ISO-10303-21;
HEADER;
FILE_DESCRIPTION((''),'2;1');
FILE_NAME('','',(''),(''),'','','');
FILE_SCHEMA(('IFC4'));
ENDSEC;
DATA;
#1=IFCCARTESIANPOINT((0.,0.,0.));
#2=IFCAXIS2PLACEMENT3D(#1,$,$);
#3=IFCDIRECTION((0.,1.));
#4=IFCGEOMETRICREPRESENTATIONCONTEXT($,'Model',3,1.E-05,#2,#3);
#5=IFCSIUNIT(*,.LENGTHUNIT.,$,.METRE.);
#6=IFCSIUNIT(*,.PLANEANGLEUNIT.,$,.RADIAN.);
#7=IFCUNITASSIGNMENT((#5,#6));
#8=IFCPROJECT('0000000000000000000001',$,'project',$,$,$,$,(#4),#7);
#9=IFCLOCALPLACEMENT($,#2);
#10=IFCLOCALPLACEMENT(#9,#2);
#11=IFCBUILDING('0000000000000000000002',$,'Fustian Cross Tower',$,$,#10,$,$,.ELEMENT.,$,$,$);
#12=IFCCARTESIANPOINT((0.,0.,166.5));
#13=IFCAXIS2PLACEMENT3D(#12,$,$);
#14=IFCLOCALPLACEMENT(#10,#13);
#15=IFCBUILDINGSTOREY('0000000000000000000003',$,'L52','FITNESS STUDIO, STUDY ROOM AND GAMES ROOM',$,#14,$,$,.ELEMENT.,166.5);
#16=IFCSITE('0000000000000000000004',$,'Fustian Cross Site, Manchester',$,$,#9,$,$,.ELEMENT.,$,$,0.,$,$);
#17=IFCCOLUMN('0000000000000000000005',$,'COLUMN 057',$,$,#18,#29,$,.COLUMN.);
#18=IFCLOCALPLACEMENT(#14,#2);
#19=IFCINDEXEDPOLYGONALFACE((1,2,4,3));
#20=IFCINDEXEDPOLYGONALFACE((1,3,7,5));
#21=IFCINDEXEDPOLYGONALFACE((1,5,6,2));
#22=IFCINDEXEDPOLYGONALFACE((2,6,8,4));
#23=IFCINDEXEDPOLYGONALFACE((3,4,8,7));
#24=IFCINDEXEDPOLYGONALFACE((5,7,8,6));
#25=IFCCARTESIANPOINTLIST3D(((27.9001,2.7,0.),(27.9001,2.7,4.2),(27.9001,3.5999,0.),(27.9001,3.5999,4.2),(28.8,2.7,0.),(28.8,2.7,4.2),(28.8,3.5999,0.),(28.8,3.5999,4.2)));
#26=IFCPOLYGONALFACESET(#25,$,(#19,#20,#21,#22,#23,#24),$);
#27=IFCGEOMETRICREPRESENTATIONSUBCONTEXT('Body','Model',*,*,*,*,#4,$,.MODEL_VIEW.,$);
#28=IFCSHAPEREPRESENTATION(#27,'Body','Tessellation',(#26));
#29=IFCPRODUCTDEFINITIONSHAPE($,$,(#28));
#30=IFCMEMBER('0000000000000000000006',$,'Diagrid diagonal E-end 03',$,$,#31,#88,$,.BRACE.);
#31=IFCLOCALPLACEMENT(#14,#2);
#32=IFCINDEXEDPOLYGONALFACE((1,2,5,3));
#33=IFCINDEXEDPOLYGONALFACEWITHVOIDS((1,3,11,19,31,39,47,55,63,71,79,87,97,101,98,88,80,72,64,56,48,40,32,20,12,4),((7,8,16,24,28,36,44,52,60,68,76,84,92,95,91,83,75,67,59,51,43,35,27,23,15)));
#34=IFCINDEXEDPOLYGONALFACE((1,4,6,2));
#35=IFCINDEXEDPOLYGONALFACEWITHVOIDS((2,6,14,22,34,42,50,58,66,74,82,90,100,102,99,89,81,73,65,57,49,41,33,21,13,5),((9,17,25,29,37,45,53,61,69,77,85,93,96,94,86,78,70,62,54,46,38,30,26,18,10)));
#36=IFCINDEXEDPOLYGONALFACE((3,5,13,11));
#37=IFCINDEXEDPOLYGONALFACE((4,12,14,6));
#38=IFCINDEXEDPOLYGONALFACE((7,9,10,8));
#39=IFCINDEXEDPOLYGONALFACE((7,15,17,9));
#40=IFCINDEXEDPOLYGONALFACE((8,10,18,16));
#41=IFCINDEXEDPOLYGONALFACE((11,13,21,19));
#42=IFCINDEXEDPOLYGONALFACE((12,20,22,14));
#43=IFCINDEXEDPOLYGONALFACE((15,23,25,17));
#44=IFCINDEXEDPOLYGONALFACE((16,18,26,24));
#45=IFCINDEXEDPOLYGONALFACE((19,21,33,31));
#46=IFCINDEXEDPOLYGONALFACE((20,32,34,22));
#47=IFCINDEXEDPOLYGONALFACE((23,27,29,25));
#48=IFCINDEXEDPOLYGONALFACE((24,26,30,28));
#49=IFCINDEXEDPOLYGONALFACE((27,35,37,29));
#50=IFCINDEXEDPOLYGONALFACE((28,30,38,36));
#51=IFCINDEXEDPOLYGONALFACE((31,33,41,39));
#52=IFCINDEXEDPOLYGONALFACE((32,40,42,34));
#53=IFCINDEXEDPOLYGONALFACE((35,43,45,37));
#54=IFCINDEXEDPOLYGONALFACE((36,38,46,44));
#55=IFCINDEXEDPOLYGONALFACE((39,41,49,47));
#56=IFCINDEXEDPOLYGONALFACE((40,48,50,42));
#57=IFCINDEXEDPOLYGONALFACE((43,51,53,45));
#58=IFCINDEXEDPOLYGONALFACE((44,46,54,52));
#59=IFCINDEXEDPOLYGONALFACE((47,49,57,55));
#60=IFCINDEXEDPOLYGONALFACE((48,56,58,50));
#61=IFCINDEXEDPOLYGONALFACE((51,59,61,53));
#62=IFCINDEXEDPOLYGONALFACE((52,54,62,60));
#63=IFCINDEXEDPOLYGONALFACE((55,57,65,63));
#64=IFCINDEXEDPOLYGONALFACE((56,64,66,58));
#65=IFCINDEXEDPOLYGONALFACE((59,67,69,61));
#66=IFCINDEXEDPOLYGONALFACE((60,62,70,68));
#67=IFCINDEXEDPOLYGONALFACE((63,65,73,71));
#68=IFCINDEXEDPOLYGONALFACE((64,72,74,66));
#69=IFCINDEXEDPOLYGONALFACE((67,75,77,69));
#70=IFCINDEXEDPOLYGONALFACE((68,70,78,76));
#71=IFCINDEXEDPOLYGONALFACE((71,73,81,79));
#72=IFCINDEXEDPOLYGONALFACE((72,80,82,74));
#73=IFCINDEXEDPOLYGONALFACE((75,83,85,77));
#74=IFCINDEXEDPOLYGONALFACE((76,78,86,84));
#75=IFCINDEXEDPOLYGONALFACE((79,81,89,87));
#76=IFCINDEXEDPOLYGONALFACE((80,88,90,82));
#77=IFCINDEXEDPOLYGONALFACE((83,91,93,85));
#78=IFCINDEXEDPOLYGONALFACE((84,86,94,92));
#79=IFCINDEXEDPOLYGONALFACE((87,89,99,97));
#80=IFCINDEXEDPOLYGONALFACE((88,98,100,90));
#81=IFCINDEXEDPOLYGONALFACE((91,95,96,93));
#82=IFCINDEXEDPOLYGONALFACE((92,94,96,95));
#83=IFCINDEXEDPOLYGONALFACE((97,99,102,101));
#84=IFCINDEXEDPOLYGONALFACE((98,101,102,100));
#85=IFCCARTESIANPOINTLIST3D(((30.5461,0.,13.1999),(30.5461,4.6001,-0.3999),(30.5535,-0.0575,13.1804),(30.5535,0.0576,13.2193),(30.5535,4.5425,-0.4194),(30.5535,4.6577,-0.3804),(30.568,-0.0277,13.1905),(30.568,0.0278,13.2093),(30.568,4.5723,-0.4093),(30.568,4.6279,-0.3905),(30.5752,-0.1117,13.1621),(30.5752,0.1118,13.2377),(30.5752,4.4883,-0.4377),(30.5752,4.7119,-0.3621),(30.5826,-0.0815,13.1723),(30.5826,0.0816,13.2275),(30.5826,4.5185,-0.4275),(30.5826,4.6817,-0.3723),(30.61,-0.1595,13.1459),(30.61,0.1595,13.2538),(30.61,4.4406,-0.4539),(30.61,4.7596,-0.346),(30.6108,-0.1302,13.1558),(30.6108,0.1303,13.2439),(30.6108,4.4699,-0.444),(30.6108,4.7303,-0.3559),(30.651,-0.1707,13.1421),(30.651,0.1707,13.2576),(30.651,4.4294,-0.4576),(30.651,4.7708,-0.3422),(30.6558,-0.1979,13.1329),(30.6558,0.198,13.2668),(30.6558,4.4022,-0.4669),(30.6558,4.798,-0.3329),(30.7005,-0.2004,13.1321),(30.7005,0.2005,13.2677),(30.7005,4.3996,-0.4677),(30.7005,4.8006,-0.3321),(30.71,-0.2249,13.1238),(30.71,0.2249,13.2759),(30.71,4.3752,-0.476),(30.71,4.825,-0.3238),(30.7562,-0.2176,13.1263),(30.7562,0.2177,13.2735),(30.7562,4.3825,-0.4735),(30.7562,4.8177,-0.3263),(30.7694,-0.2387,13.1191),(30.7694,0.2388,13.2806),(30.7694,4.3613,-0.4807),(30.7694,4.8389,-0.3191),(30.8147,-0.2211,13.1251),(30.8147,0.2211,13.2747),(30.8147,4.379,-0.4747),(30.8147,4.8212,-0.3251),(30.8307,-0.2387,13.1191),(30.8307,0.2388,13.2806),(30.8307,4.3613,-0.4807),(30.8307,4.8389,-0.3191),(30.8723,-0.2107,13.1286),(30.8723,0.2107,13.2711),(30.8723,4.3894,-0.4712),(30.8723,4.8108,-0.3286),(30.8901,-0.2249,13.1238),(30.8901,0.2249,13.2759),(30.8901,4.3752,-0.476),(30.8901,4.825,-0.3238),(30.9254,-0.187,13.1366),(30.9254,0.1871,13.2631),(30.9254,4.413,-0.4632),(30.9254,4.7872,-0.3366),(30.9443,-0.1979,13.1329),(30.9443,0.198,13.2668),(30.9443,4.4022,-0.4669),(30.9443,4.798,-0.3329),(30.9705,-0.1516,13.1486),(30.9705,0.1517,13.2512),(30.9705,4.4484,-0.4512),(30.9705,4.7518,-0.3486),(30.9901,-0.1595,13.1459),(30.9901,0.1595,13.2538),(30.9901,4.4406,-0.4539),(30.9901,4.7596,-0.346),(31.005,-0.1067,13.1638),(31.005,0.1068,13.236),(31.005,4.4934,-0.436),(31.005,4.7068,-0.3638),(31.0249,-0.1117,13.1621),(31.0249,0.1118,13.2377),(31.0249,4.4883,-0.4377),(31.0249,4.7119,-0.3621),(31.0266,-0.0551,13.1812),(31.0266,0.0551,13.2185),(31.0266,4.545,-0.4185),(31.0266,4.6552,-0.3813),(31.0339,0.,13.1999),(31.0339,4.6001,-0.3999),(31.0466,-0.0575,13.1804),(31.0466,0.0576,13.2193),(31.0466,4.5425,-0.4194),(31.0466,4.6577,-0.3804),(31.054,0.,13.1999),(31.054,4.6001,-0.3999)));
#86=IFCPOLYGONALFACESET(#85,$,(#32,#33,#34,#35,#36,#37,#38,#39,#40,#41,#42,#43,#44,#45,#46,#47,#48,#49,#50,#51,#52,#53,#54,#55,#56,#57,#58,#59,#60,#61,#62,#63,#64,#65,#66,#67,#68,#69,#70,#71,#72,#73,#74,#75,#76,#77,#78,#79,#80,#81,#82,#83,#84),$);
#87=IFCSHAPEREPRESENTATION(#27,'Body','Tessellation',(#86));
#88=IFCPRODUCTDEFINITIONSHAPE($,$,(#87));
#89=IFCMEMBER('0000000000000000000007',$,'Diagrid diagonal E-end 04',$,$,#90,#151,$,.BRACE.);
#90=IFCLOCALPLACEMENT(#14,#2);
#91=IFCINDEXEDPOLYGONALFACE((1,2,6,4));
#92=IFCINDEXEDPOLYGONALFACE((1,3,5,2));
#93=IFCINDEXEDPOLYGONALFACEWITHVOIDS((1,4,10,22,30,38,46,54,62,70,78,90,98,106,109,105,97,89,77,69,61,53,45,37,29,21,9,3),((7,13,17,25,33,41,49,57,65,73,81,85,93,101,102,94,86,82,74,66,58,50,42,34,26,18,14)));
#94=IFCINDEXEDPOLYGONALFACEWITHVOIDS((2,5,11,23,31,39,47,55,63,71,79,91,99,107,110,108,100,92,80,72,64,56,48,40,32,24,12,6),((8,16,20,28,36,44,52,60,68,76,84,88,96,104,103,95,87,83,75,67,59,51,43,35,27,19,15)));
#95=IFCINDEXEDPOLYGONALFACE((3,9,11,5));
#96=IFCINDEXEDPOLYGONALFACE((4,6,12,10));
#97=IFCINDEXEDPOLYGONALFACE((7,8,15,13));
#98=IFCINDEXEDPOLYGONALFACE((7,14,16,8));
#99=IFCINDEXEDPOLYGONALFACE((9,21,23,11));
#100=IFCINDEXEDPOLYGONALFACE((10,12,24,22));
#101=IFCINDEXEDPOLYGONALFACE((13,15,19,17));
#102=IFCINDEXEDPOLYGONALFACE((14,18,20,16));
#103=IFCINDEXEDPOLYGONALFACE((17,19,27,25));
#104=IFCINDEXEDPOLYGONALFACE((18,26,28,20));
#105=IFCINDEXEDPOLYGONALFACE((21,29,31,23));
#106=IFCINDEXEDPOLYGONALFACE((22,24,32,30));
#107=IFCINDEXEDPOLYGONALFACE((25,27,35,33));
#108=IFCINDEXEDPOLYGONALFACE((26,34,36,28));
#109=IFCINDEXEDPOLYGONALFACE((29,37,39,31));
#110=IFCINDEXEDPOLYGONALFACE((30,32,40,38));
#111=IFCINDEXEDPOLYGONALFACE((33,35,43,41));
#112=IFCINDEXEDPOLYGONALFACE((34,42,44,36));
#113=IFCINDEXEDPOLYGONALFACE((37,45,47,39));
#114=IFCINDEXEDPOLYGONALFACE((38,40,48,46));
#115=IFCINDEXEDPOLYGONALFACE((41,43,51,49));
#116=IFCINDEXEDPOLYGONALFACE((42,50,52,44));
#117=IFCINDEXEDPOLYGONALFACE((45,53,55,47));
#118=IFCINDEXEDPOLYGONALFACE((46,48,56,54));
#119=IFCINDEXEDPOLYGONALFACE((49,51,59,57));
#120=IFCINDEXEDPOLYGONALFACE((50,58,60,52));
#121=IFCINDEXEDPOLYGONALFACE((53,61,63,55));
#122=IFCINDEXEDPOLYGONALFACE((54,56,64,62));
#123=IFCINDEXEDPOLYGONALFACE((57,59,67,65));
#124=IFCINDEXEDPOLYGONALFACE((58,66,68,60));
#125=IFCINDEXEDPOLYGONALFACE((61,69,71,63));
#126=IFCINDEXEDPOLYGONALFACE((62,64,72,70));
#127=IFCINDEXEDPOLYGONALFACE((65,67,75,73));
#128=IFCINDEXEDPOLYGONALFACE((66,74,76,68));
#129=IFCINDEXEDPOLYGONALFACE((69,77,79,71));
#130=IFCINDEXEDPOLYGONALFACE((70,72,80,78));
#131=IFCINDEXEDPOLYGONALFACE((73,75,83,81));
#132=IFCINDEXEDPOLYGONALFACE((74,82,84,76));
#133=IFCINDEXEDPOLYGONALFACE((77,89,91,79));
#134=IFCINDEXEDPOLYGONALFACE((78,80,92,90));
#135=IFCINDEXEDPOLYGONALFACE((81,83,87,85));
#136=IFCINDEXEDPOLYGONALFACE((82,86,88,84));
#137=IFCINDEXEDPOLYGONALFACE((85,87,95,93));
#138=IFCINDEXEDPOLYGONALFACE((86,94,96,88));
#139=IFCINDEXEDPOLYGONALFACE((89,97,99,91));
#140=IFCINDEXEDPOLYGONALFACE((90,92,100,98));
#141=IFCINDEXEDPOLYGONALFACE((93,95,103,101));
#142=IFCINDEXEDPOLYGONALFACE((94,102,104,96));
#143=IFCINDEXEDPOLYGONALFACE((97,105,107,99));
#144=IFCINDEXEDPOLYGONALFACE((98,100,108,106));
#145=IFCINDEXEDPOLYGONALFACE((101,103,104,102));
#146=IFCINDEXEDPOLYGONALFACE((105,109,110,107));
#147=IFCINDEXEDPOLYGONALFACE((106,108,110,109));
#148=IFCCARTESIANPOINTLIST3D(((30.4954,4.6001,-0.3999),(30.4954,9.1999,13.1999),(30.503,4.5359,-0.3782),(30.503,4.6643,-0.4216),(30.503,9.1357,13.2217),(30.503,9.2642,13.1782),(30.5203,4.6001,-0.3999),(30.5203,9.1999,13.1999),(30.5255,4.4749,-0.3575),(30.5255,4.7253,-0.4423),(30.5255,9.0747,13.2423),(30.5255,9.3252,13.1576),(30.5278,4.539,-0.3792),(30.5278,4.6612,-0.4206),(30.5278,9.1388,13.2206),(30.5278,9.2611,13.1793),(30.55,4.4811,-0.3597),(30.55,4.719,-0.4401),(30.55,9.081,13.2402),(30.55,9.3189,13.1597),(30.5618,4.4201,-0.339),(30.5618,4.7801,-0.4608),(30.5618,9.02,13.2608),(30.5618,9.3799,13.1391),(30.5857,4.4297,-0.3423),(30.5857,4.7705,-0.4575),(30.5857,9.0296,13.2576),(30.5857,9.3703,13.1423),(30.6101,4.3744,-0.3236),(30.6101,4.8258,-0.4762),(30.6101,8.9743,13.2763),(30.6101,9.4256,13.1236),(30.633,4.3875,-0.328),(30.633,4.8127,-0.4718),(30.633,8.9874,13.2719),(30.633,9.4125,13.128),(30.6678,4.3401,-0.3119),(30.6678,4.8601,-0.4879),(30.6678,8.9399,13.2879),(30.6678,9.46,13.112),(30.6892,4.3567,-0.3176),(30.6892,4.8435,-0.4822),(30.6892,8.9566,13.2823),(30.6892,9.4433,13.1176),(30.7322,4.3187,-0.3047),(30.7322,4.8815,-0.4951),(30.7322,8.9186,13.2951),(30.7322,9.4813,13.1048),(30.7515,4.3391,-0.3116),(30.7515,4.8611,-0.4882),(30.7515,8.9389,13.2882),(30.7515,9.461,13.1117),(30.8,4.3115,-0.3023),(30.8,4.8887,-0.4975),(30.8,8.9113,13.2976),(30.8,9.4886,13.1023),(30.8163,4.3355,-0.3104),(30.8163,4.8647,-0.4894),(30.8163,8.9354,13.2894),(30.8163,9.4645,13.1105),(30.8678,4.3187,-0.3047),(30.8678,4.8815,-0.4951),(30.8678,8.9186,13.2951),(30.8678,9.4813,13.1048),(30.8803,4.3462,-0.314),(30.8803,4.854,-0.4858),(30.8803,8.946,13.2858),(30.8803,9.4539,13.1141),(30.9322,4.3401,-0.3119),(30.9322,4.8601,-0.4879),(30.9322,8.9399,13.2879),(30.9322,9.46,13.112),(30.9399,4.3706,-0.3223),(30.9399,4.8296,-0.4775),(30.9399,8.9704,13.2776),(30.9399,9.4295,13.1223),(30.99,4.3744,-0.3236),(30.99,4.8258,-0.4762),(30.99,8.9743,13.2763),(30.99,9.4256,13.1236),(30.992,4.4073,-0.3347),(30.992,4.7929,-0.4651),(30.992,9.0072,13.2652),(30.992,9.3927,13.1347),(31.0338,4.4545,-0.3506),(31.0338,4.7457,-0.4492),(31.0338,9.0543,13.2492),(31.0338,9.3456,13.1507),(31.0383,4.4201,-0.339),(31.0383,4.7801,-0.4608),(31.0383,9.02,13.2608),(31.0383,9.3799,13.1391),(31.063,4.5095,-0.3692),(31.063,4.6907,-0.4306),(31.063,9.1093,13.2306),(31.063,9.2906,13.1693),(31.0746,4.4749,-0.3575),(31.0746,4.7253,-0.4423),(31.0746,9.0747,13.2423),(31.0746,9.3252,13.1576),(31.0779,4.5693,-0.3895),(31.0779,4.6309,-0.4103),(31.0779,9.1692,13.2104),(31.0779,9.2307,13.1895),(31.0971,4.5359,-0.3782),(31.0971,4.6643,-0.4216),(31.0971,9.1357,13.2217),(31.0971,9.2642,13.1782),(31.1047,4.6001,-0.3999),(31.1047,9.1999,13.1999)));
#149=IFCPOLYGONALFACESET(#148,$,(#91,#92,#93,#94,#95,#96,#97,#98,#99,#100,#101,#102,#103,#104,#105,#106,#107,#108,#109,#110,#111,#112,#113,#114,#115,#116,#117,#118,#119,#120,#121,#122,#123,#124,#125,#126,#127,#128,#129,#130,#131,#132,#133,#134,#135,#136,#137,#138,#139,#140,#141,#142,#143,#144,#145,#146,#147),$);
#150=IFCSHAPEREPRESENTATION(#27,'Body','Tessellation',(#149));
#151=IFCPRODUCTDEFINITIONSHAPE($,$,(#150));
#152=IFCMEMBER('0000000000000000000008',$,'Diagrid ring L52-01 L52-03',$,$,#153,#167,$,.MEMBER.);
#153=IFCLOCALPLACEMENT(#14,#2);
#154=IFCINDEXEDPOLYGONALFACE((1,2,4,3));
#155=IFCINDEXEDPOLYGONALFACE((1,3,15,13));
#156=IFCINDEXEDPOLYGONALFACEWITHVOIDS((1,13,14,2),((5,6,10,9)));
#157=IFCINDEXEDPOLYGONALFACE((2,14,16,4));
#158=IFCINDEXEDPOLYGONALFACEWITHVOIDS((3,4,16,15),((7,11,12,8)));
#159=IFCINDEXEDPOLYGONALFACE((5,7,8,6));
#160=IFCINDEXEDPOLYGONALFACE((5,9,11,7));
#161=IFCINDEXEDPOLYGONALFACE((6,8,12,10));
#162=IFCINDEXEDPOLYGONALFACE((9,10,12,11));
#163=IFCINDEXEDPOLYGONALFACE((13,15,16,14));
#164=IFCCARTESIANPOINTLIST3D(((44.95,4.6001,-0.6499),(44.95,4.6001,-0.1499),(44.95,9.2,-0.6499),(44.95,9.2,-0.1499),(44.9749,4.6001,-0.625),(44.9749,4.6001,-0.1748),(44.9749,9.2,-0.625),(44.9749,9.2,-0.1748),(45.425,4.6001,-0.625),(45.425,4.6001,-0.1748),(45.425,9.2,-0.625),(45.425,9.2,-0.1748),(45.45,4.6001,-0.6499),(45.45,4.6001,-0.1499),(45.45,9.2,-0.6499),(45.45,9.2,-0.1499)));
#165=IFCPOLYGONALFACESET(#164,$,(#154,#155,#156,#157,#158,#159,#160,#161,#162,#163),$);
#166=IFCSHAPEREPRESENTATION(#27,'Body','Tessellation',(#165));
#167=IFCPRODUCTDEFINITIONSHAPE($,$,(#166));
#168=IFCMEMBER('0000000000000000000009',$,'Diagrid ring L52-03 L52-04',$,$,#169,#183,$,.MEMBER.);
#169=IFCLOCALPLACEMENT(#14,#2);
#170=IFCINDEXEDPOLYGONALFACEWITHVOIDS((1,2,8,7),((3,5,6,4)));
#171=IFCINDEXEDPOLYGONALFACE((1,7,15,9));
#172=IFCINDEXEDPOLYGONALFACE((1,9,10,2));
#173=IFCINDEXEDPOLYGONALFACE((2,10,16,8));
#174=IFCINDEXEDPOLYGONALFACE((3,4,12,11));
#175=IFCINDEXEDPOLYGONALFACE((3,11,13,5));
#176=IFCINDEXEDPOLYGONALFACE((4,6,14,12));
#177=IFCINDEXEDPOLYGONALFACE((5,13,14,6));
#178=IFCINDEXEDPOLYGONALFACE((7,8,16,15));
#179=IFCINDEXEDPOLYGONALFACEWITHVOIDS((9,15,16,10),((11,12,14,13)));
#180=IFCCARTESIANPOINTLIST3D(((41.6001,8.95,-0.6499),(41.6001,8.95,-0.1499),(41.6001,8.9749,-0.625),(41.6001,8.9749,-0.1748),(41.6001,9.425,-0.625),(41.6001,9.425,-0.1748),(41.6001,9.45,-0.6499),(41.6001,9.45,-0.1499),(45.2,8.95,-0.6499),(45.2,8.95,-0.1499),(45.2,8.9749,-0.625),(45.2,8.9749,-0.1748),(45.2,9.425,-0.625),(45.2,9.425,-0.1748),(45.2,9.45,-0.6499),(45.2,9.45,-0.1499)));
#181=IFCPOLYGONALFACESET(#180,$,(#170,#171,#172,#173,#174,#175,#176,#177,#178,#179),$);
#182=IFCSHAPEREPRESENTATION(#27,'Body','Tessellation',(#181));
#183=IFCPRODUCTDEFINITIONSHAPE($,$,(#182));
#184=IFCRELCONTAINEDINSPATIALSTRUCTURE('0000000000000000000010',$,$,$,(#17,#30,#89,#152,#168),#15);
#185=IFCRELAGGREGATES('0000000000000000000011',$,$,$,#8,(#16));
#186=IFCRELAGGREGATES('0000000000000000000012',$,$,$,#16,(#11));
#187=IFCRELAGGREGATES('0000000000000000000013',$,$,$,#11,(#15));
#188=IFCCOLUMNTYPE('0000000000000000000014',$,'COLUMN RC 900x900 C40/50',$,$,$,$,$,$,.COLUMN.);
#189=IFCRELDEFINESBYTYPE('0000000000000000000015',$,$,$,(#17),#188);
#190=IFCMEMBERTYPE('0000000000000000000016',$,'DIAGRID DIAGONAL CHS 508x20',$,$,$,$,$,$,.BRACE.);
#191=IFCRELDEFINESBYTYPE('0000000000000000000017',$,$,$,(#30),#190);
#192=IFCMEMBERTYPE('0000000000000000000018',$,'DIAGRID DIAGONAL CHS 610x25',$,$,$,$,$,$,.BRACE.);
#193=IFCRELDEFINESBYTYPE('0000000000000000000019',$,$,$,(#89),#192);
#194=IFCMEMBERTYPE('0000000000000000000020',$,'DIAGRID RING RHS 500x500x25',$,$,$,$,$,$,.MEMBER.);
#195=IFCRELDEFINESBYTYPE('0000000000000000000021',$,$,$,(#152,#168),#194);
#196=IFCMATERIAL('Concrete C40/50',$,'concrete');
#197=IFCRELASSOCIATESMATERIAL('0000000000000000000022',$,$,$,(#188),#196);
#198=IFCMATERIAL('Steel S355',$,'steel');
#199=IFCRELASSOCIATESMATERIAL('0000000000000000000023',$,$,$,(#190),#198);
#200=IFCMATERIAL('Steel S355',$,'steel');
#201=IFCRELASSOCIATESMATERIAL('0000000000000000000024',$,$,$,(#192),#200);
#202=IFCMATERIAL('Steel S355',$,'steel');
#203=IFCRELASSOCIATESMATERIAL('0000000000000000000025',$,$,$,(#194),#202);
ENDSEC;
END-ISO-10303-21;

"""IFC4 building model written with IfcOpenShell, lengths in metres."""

from ifc_helpers import new_model, si_unit, direction, frame, origin, origin_2d, place, context, subcontext, project, spatial, rectangle, hollow_rectangle, hollow_circle, extrude, material, material_profile, profile_set, type_object, element, save


model = new_model("IFC4")

# Units and contexts
model_context = context("Model", 3, precision=1e-05, world=origin(), true_north=direction((0.0, 1.0)))
body_context = subcontext(model_context, "Body", "Model", "MODEL_VIEW")
ifc_project = project(units=[si_unit("LENGTHUNIT", "METRE"), si_unit("PLANEANGLEUNIT", "RADIAN")], contexts=[model_context])

# Site, building, storey
site_placement = place(None, origin())
site = spatial("IfcSite", under=ifc_project, at=site_placement, Name="Fustian Cross Site, Manchester", CompositionType="ELEMENT", RefElevation=0.0)
building_placement = place(site_placement, origin())
building = spatial("IfcBuilding", under=site, at=building_placement, Name="Fustian Cross Tower", CompositionType="ELEMENT")
storey_placement = place(building_placement, frame((0.0, 0.0, 166.5)))
storey = spatial("IfcBuildingStorey", under=building, at=storey_placement, Name="L52", Description="FITNESS STUDIO, STUDY ROOM AND GAMES ROOM", CompositionType="ELEMENT", Elevation=166.5)

# Column
ifc_material_1 = material(Name="Concrete C40/50", Category="concrete")
ifc_material_profile_1 = material_profile(ifc_material_1, rectangle(XDim=0.8999, YDim=0.8999, at=origin_2d()), Name="RC 900x900")
ifc_profile_set_1 = profile_set([ifc_material_profile_1], Name="Concrete C40/50")
column_type = type_object("IfcColumnType", Name="COLUMN RC 900x900 C40/50", PredefinedType="COLUMN", material=ifc_profile_set_1)
column_placement = place(storey_placement, frame((28.3501, 3.1499, 0.0), z_axis=(0.0, 0.0, 1.0), x_axis=(1.0, 0.0, 0.0)))
element("IfcColumn", 1, at=column_placement, inside=storey, type_object=column_type, Name="COLUMN 057", PredefinedType="COLUMN", context=body_context, shape_type="SweptSolid", body=[
    extrude(rectangle(XDim=0.8999, YDim=0.8999, at=origin_2d()), origin(), (0.0, 0.0, 1.0), 4.2),
])

# Members
ifc_material_2 = material(Name="Steel S355", Category="steel")
ifc_material_profile_2 = material_profile(ifc_material_2, hollow_circle(Radius=0.2539, WallThickness=0.02, at=origin_2d()), Name="CHS 508x20")
ifc_profile_set_2 = profile_set([ifc_material_profile_2], Name="Steel S355")
member_type_1 = type_object("IfcMemberType", Name="DIAGRID DIAGONAL CHS 508x20", PredefinedType="BRACE", material=ifc_profile_set_2)
member_1_placement = place(storey_placement, frame((30.8, 4.6001, -0.3999), z_axis=(0.0, -0.320413, 0.947278), x_axis=(1.0, 0.0, 0.0)))
element("IfcMember", 2, at=member_1_placement, inside=storey, type_object=member_type_1, Name="Diagrid diagonal E-end 03", PredefinedType="BRACE", context=body_context, shape_type="SweptSolid", body=[
    extrude(hollow_circle(Radius=0.2539, WallThickness=0.02, at=origin_2d()), origin(), (0.0, 0.0, 1.0), 14.3567),
])
ifc_material_3 = material(Name="Steel S355", Category="steel")
ifc_material_profile_3 = material_profile(ifc_material_3, hollow_circle(Radius=0.3047, WallThickness=0.0249, at=origin_2d()), Name="CHS 610x25")
ifc_profile_set_3 = profile_set([ifc_material_profile_3], Name="Steel S355")
member_type_2 = type_object("IfcMemberType", Name="DIAGRID DIAGONAL CHS 610x25", PredefinedType="BRACE", material=ifc_profile_set_3)
member_2_placement = place(storey_placement, frame((30.8, 4.6001, -0.3999), z_axis=(0.0, 0.320398, 0.947283), x_axis=(-1.0, 0.0, 0.0)))
element("IfcMember", 3, at=member_2_placement, inside=storey, type_object=member_type_2, Name="Diagrid diagonal E-end 04", PredefinedType="BRACE", context=body_context, shape_type="SweptSolid", body=[
    extrude(hollow_circle(Radius=0.3047, WallThickness=0.0249, at=origin_2d()), origin(), (0.0, 0.0, 1.0), 14.3567),
])
ifc_material_4 = material(Name="Steel S355", Category="steel")
ifc_material_profile_4 = material_profile(ifc_material_4, hollow_rectangle(XDim=0.5, YDim=0.5, WallThickness=0.0249, at=origin_2d()), Name="RHS 500x500x25")
ifc_profile_set_4 = profile_set([ifc_material_profile_4], Name="Steel S355")
member_type_3 = type_object("IfcMemberType", Name="DIAGRID RING RHS 500x500x25", PredefinedType="MEMBER", material=ifc_profile_set_4)
member_3_placement = place(storey_placement, frame((45.2, 4.6001, -0.3999), z_axis=(0.0, 1.0, 0.0), x_axis=(-1.0, 0.0, 0.0)))
element("IfcMember", 4, at=member_3_placement, inside=storey, type_object=member_type_3, Name="Diagrid ring L52-01 L52-03", PredefinedType="MEMBER", context=body_context, shape_type="SweptSolid", body=[
    extrude(hollow_rectangle(XDim=0.5, YDim=0.5, WallThickness=0.0249, at=origin_2d()), origin(), (0.0, 0.0, 1.0), 4.5999),
])
member_4_placement = place(storey_placement, frame((45.2, 9.2, -0.3999), z_axis=(-1.0, 0.0, 0.0), x_axis=(0.0, -1.0, 0.0)))
element("IfcMember", 5, at=member_4_placement, inside=storey, type_object=member_type_3, Name="Diagrid ring L52-03 L52-04", PredefinedType="MEMBER", context=body_context, shape_type="SweptSolid", body=[
    extrude(hollow_rectangle(XDim=0.5, YDim=0.5, WallThickness=0.0249, at=origin_2d()), origin(), (0.0, 0.0, 1.0), 3.5999),
])

save(model, "model.ifc")
